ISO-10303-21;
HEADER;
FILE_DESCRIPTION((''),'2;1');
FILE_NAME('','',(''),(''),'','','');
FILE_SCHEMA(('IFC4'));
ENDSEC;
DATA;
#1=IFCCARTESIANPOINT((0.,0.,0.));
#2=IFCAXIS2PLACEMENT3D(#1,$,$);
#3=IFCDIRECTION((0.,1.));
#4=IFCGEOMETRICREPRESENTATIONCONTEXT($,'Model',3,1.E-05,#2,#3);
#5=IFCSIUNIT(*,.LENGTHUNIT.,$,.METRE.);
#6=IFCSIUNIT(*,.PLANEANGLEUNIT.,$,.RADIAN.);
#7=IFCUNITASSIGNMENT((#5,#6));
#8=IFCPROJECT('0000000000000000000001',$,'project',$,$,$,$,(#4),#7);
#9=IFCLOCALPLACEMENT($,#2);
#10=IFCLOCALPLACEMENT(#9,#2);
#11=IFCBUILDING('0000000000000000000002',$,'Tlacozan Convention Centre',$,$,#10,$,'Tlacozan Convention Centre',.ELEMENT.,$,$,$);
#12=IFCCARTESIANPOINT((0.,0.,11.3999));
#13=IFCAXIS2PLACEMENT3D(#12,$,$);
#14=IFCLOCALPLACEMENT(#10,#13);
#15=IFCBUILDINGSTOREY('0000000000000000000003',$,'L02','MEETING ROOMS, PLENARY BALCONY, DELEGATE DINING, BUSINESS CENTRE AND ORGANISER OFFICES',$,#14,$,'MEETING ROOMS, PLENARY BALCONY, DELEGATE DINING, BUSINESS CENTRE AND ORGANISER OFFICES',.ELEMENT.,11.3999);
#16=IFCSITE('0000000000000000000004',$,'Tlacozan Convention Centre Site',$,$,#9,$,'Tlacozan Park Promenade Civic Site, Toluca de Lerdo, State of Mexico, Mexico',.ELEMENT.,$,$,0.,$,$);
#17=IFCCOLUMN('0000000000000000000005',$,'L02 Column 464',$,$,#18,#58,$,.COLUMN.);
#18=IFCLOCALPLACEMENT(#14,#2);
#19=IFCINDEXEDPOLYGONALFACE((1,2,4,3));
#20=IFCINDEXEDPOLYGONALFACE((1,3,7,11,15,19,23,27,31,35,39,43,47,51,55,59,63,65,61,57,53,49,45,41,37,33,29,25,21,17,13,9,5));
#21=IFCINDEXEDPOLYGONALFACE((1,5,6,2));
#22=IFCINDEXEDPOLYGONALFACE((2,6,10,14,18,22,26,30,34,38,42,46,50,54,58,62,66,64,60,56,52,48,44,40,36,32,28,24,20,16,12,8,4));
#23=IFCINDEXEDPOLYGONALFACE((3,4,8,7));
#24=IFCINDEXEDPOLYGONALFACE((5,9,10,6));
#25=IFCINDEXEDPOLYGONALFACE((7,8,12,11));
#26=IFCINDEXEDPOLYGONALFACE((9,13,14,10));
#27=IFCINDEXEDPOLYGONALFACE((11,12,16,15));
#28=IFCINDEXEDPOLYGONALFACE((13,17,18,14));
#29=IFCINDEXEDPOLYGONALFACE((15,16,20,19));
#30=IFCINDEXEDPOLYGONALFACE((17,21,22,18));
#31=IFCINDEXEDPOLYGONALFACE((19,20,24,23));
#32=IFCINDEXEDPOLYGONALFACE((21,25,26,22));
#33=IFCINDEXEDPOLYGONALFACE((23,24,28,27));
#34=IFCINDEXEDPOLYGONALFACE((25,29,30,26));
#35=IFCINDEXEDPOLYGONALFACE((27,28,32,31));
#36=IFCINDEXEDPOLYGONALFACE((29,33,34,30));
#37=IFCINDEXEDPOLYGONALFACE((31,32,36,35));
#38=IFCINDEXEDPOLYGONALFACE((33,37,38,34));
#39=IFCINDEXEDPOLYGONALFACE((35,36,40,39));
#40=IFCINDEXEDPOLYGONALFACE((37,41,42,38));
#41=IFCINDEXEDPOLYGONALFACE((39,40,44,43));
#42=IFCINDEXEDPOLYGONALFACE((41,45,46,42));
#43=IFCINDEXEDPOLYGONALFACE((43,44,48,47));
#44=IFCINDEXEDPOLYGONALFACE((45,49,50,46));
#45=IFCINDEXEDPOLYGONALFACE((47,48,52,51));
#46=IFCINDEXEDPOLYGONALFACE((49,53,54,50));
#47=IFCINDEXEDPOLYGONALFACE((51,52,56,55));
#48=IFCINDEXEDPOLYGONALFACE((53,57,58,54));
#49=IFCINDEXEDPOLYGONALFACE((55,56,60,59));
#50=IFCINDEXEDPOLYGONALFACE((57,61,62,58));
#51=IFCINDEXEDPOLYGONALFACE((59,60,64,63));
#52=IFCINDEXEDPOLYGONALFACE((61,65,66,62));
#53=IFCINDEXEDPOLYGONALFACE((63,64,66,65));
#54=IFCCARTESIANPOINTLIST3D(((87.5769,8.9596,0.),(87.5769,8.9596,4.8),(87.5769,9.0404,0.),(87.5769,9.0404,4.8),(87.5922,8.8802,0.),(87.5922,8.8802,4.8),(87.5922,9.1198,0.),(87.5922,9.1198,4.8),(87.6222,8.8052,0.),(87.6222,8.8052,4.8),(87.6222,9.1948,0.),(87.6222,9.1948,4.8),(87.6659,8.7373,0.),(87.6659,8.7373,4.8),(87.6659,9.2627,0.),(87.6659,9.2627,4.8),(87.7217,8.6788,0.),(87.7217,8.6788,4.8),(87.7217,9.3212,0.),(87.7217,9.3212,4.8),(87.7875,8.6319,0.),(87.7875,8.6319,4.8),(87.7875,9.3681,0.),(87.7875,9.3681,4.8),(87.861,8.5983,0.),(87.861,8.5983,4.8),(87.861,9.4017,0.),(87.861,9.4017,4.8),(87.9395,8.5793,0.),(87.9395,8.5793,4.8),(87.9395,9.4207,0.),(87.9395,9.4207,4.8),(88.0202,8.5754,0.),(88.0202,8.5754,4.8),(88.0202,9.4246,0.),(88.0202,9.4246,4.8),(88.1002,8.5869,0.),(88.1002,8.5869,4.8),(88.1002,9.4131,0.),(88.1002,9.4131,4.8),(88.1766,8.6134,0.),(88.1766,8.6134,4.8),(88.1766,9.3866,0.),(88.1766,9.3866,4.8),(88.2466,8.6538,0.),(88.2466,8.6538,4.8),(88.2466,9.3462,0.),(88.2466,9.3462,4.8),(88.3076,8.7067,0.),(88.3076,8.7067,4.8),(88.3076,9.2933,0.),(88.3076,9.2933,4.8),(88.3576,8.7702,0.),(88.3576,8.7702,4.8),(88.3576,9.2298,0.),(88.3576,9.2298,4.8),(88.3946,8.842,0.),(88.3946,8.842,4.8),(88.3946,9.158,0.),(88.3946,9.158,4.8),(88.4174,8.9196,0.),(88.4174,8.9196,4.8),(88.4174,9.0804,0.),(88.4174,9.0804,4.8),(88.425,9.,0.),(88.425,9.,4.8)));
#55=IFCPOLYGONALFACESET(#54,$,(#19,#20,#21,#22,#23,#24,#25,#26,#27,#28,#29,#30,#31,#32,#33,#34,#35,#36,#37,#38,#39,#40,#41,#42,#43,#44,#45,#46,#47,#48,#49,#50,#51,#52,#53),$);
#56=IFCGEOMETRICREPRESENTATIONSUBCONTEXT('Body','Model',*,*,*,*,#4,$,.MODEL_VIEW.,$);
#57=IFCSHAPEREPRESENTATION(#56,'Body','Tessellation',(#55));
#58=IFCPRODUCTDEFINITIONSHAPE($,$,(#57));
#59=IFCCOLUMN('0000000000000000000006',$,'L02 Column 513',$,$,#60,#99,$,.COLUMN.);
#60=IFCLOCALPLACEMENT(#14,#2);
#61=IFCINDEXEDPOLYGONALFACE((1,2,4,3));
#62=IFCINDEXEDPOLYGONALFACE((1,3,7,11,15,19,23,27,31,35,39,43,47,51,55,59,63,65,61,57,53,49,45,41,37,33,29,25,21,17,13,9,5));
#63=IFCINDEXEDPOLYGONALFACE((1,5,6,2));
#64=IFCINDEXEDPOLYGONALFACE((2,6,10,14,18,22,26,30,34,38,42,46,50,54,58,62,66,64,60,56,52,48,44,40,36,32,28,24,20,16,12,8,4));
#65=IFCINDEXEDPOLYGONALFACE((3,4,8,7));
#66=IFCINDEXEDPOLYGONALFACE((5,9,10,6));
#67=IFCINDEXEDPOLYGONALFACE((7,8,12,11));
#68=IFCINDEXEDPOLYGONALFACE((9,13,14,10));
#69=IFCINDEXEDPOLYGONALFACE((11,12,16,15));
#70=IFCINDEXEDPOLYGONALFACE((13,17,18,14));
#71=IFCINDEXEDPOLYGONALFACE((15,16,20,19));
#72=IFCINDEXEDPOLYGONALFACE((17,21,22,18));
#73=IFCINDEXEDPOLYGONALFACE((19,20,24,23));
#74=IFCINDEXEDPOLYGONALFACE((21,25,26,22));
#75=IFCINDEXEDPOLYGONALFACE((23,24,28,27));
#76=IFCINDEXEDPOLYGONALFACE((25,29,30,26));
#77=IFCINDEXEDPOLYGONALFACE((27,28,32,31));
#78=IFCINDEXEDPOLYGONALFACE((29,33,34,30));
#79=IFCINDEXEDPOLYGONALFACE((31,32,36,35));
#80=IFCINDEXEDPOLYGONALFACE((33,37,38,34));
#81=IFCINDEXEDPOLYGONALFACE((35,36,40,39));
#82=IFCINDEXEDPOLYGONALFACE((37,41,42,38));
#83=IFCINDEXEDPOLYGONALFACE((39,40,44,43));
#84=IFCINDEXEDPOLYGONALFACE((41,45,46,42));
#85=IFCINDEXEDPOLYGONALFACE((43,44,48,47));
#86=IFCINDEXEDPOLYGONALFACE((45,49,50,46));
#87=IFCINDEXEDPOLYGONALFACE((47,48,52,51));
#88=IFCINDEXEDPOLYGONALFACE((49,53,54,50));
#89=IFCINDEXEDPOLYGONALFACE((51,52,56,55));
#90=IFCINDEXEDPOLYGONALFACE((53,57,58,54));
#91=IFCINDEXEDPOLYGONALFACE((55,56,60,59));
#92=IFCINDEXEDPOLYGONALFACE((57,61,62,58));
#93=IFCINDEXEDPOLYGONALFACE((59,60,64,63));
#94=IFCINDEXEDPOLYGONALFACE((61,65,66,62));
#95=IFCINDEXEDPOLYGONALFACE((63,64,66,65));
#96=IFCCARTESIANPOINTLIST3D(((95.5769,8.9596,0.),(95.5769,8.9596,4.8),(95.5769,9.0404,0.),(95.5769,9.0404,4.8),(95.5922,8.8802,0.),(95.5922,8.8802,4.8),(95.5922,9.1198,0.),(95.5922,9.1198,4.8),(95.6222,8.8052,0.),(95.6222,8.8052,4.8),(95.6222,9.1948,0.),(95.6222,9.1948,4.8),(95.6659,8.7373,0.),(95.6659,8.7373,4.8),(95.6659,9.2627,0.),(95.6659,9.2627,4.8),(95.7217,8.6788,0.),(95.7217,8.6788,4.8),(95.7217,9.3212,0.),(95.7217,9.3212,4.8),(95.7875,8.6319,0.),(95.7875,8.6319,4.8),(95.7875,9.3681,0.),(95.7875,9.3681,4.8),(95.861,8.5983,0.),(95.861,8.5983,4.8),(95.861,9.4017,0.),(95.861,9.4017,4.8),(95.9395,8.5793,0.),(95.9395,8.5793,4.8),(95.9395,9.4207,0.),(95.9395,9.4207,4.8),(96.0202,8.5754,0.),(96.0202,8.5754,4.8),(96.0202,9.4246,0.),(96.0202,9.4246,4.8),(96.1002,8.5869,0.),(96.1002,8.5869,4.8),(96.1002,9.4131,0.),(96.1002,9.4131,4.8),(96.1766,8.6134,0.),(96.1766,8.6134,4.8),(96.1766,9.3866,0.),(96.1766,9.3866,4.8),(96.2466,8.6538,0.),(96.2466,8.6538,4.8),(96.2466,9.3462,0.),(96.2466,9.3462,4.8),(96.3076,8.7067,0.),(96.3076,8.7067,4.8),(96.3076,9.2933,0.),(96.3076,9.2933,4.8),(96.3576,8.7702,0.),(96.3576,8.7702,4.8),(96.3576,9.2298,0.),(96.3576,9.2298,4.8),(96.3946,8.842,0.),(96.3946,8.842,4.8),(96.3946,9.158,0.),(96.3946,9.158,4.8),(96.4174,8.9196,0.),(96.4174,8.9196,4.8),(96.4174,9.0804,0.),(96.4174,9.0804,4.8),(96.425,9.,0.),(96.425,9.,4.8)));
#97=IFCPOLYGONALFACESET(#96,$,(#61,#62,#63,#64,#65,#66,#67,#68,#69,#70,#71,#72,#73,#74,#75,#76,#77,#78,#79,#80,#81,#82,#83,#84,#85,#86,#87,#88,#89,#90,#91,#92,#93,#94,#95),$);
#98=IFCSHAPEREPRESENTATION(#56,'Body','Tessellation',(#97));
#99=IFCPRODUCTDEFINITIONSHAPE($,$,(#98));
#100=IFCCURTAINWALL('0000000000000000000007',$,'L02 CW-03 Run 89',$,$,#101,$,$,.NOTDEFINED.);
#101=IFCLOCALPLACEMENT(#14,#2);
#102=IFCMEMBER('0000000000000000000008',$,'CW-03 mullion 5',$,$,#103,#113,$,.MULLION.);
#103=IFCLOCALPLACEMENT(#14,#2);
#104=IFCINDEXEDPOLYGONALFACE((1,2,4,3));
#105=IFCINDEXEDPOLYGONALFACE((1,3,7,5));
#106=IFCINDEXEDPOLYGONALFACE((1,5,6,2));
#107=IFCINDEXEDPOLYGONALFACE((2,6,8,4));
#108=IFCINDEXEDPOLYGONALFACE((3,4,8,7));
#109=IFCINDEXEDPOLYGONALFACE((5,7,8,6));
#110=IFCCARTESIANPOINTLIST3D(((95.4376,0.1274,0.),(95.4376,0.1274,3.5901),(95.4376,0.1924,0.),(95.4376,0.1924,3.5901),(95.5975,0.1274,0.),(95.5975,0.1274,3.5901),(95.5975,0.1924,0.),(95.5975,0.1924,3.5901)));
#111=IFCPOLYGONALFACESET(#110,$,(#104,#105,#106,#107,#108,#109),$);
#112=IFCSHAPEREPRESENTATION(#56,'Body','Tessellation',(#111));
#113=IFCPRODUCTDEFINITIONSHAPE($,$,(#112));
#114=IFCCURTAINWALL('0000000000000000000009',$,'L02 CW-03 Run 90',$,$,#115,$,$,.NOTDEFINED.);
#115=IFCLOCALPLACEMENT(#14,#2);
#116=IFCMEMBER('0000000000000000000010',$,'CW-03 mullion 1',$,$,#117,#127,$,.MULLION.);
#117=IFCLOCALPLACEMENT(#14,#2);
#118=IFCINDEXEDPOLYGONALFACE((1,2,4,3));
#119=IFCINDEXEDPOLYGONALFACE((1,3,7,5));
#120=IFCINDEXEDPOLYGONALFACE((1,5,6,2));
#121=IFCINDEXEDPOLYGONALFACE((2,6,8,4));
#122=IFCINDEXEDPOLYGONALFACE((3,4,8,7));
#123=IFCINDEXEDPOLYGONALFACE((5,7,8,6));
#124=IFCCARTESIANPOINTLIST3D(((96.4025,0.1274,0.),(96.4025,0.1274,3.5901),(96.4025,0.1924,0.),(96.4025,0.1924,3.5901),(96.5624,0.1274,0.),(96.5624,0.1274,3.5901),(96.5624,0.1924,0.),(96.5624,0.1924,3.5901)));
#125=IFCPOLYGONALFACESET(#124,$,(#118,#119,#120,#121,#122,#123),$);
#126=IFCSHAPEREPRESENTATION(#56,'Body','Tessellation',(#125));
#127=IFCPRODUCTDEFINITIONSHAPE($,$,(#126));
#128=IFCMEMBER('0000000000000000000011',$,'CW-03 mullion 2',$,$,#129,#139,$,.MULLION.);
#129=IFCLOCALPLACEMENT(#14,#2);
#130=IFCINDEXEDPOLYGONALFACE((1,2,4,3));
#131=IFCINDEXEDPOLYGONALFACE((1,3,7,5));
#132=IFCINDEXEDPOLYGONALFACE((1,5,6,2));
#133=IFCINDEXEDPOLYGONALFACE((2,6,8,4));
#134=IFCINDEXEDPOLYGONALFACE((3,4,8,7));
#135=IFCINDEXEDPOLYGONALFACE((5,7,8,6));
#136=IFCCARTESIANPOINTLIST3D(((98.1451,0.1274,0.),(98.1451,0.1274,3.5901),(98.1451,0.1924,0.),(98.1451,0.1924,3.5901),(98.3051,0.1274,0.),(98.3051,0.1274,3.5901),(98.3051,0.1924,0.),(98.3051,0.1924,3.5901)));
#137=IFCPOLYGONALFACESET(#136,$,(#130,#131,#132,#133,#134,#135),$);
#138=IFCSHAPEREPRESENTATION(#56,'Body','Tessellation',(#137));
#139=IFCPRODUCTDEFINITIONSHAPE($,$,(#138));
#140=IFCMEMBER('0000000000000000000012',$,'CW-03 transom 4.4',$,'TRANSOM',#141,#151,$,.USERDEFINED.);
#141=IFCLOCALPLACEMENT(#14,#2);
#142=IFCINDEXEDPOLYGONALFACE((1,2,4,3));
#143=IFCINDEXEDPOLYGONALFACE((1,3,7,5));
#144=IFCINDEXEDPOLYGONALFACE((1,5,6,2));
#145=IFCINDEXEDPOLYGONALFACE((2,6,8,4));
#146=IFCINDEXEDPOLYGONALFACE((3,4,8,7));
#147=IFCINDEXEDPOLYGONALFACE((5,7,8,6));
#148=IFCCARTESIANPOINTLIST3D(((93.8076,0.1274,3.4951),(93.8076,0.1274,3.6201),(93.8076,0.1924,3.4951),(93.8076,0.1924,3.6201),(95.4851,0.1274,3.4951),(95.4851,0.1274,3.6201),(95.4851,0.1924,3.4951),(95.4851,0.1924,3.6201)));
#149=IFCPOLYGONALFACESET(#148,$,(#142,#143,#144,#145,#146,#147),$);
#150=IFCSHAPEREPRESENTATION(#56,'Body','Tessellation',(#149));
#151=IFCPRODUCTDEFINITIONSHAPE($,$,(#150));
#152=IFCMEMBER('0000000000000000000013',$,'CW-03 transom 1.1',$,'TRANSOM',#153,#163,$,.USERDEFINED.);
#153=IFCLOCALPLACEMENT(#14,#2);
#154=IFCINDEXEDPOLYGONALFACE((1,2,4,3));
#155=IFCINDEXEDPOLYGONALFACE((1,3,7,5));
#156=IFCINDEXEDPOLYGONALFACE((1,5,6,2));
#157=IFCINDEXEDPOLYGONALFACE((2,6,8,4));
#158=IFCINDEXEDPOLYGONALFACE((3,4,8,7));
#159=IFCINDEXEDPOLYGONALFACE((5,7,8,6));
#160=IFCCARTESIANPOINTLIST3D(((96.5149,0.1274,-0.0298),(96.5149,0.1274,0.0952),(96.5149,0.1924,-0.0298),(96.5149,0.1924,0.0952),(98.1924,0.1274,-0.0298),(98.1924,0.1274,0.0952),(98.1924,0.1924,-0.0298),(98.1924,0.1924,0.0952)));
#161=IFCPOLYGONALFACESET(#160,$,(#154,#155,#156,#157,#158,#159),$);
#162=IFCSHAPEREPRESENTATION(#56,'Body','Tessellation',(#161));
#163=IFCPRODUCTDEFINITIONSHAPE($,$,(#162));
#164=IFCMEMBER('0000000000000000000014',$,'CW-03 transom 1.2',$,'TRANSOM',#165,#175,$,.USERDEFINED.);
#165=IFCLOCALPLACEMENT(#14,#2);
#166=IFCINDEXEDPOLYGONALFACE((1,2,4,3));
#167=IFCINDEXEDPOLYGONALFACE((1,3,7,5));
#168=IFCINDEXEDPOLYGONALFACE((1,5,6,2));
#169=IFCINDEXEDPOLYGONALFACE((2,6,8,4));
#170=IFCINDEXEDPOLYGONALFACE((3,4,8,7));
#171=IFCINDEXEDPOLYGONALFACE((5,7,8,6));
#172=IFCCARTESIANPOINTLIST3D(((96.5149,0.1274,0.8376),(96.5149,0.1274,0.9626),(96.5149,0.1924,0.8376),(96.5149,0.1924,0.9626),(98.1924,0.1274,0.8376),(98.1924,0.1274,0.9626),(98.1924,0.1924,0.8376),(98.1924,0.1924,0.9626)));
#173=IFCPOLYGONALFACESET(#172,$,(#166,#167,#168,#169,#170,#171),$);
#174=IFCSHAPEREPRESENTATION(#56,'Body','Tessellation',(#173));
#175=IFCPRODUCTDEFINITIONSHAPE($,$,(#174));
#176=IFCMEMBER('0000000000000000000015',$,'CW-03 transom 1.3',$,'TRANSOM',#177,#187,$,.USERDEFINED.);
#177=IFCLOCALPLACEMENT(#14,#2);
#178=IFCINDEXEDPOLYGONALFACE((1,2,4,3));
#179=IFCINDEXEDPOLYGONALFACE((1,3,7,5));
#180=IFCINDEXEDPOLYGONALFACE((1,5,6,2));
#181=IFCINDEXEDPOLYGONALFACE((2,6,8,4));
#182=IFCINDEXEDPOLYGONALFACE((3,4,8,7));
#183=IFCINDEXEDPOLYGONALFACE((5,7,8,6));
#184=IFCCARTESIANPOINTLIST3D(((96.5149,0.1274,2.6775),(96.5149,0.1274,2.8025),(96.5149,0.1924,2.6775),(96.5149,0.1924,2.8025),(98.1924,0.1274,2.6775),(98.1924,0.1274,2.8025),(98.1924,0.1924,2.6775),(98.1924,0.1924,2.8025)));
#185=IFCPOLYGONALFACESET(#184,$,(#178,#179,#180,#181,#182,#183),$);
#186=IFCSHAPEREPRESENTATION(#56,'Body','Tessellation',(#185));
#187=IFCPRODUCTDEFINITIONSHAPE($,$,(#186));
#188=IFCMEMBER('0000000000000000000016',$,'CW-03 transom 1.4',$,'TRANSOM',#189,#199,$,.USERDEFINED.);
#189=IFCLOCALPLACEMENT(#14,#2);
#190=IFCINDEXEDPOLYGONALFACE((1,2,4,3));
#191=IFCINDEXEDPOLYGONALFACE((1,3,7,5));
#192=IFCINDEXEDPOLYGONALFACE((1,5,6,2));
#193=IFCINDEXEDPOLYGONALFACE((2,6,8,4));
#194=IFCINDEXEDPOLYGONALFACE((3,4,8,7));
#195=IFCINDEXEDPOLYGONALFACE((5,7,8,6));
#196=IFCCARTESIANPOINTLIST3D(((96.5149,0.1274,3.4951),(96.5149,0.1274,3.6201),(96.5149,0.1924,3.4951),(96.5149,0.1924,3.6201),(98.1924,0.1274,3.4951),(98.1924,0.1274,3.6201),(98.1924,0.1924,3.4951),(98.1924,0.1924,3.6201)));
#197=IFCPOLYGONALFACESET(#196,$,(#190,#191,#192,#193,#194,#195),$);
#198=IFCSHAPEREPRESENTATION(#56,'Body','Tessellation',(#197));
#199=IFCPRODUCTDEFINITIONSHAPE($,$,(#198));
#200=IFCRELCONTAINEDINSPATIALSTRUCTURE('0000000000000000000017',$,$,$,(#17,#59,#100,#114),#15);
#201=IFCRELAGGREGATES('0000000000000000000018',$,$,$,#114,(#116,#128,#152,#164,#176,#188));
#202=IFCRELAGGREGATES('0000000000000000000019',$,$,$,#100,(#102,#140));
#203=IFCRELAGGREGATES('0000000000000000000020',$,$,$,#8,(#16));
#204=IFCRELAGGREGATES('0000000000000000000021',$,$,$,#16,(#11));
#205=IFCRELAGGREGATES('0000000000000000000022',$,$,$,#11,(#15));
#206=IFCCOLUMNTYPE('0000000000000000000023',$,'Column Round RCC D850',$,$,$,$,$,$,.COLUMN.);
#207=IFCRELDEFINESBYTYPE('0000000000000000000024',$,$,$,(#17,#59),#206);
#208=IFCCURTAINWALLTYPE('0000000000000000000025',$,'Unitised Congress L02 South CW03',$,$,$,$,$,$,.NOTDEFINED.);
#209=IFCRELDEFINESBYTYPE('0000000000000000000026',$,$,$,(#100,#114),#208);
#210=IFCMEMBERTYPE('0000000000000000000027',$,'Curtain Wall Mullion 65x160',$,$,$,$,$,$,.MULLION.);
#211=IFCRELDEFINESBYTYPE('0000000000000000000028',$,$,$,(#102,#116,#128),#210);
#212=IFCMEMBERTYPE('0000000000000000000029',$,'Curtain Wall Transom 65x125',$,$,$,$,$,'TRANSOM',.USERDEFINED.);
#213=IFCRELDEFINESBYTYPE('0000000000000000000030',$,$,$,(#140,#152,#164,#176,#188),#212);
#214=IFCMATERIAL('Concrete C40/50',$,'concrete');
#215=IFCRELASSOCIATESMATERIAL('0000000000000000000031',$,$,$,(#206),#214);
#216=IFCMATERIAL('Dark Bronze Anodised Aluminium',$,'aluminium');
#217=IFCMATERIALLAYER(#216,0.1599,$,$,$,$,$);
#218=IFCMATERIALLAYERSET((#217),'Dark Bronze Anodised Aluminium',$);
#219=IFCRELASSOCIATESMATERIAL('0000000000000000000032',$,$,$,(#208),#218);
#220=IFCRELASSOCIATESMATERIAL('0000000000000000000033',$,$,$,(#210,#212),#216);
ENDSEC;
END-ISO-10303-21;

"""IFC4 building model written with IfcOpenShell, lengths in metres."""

from ifc_helpers import new_model, si_unit, direction, frame, origin, origin_2d, place, context, subcontext, project, spatial, rectangle, circle, extrude, material, layer, layer_set, material_profile, profile_set, type_object, element, aggregate, save


model = new_model("IFC4")

# Units and contexts
model_context = context("Model", 3, precision=1e-05, world=origin(), true_north=direction((0.0, 1.0)))
body_context = subcontext(model_context, "Body", "Model", "MODEL_VIEW")
ifc_project = project(units=[si_unit("LENGTHUNIT", "METRE"), si_unit("PLANEANGLEUNIT", "RADIAN")], contexts=[model_context])

# Site, building, storey
site_placement = place(None, origin())
site = spatial("IfcSite", under=ifc_project, at=site_placement, Name="Tlacozan Convention Centre Site", LongName="Tlacozan Park Promenade Civic Site, Toluca de Lerdo, State of Mexico, Mexico", CompositionType="ELEMENT", RefElevation=0.0)
building_placement = place(site_placement, origin())
building = spatial("IfcBuilding", under=site, at=building_placement, Name="Tlacozan Convention Centre", LongName="Tlacozan Convention Centre", CompositionType="ELEMENT")
storey_placement = place(building_placement, frame((0.0, 0.0, 11.3999)))
storey = spatial("IfcBuildingStorey", under=building, at=storey_placement, Name="L02", Description="MEETING ROOMS, PLENARY BALCONY, DELEGATE DINING, BUSINESS CENTRE AND ORGANISER OFFICES", LongName="MEETING ROOMS, PLENARY BALCONY, DELEGATE DINING, BUSINESS CENTRE AND ORGANISER OFFICES", CompositionType="ELEMENT", Elevation=11.3999)

# Columns
ifc_material_1 = material(Name="Concrete C40/50", Category="concrete")
ifc_material_profile_1 = material_profile(ifc_material_1, circle(Radius=0.425, at=origin_2d()), Name="RCC D850")
ifc_profile_set_1 = profile_set([ifc_material_profile_1], Name="Concrete C40/50")
column_type = type_object("IfcColumnType", Name="Column Round RCC D850", PredefinedType="COLUMN", material=ifc_profile_set_1)
for number, where, z_axis, x_axis, name in (
    (1, (88.0, 9.0, 0.0), (0.0, 0.0, 1.0), (1.0, 0.0, 0.0), "L02 Column 464"),
    (2, (96.0, 9.0, 0.0), (0.0, 0.0, 1.0), (1.0, 0.0, 0.0), "L02 Column 513"),
):
    element("IfcColumn", number, at=place(storey_placement, frame(where, z_axis=z_axis, x_axis=x_axis)), inside=storey, type_object=column_type, Name=name, PredefinedType="COLUMN", context=body_context, shape_type="SweptSolid", body=[
        extrude(circle(Radius=0.425, at=origin_2d()), origin(), (0.0, 0.0, 1.0), 4.8),
    ])

# Curtain wall, member
ifc_material_2 = material(Name="Dark Bronze Anodised Aluminium", Category="aluminium")
ifc_layer_1 = layer(ifc_material_2, 0.1599)
ifc_layer_set_1 = layer_set([ifc_layer_1], Name="Dark Bronze Anodised Aluminium")
curtain_wall_type = type_object("IfcCurtainWallType", Name="Unitised Congress L02 South CW03", PredefinedType="NOTDEFINED", material=ifc_layer_set_1)
curtain_wall_1_placement = place(storey_placement, origin())
curtain_wall_1 = element("IfcCurtainWall", 3, at=curtain_wall_1_placement, inside=storey, type_object=curtain_wall_type, Name="L02 CW-03 Run 89", PredefinedType="NOTDEFINED")
ifc_material_profile_2 = material_profile(ifc_material_2, rectangle(XDim=0.0649, YDim=0.1599, at=origin_2d()), Name="ALU 65x160")
ifc_profile_set_2 = profile_set([ifc_material_profile_2], Name="Dark Bronze Anodised Aluminium")
member_type_1 = type_object("IfcMemberType", Name="Curtain Wall Mullion 65x160", PredefinedType="MULLION", material=ifc_profile_set_2)
member_1_placement = place(storey_placement, frame((95.5176, 0.1599, 0.0), z_axis=(0.0, 0.0, 1.0), x_axis=(0.0, 1.0, 0.0)))
member_1 = element("IfcMember", 4, at=member_1_placement, type_object=member_type_1, Name="CW-03 mullion 5", PredefinedType="MULLION", context=body_context, shape_type="SweptSolid", body=[
    extrude(rectangle(XDim=0.0649, YDim=0.1599, at=origin_2d()), origin(), (0.0, 0.0, 1.0), 3.5901),
])

# Curtain wall, members
curtain_wall_2_placement = place(storey_placement, origin())
curtain_wall_2 = element("IfcCurtainWall", 5, at=curtain_wall_2_placement, inside=storey, type_object=curtain_wall_type, Name="L02 CW-03 Run 90", PredefinedType="NOTDEFINED")
member_2_placement = place(storey_placement, frame((96.4824, 0.1599, 0.0), z_axis=(0.0, 0.0, 1.0), x_axis=(0.0, 1.0, 0.0)))
member_2 = element("IfcMember", 6, at=member_2_placement, type_object=member_type_1, Name="CW-03 mullion 1", PredefinedType="MULLION", context=body_context, shape_type="SweptSolid", body=[
    extrude(rectangle(XDim=0.0649, YDim=0.1599, at=origin_2d()), origin(), (0.0, 0.0, 1.0), 3.5901),
])
member_3_placement = place(storey_placement, frame((98.2251, 0.1599, 0.0), z_axis=(0.0, 0.0, 1.0), x_axis=(0.0, 1.0, 0.0)))
member_3 = element("IfcMember", 7, at=member_3_placement, type_object=member_type_1, Name="CW-03 mullion 2", PredefinedType="MULLION", context=body_context, shape_type="SweptSolid", body=[
    extrude(rectangle(XDim=0.0649, YDim=0.1599, at=origin_2d()), origin(), (0.0, 0.0, 1.0), 3.5901),
])

# Members
ifc_material_profile_3 = material_profile(ifc_material_2, rectangle(XDim=0.0649, YDim=0.125, at=origin_2d()), Name="ALU 65x125")
ifc_profile_set_3 = profile_set([ifc_material_profile_3], Name="Dark Bronze Anodised Aluminium")
member_type_2 = type_object("IfcMemberType", Name="Curtain Wall Transom 65x125", ElementType="TRANSOM", PredefinedType="USERDEFINED", material=ifc_profile_set_3)
member_4_placement = place(storey_placement, frame((93.8076, 0.1599, 3.5576), z_axis=(1.0, 0.0, 0.0), x_axis=(0.0, 1.0, 0.0)))
member_4 = element("IfcMember", 8, at=member_4_placement, type_object=member_type_2, Name="CW-03 transom 4.4", ObjectType="TRANSOM", PredefinedType="USERDEFINED", context=body_context, shape_type="SweptSolid", body=[
    extrude(rectangle(XDim=0.0649, YDim=0.125, at=origin_2d()), origin(), (0.0, 0.0, 1.0), 1.6775),
])
member_5_placement = place(storey_placement, frame((96.5149, 0.1599, 0.0327), z_axis=(1.0, 0.0, 0.0), x_axis=(0.0, 1.0, 0.0)))
member_5 = element("IfcMember", 9, at=member_5_placement, type_object=member_type_2, Name="CW-03 transom 1.1", ObjectType="TRANSOM", PredefinedType="USERDEFINED", context=body_context, shape_type="SweptSolid", body=[
    extrude(rectangle(XDim=0.0649, YDim=0.125, at=origin_2d()), origin(), (0.0, 0.0, 1.0), 1.6775),
])
member_6_placement = place(storey_placement, frame((96.5149, 0.1599, 0.9001), z_axis=(1.0, 0.0, 0.0), x_axis=(0.0, 1.0, 0.0)))
member_6 = element("IfcMember", 10, at=member_6_placement, type_object=member_type_2, Name="CW-03 transom 1.2", ObjectType="TRANSOM", PredefinedType="USERDEFINED", context=body_context, shape_type="SweptSolid", body=[
    extrude(rectangle(XDim=0.0649, YDim=0.125, at=origin_2d()), origin(), (0.0, 0.0, 1.0), 1.6775),
])
member_7_placement = place(storey_placement, frame((96.5149, 0.1599, 2.74), z_axis=(1.0, 0.0, 0.0), x_axis=(0.0, 1.0, 0.0)))
member_7 = element("IfcMember", 11, at=member_7_placement, type_object=member_type_2, Name="CW-03 transom 1.3", ObjectType="TRANSOM", PredefinedType="USERDEFINED", context=body_context, shape_type="SweptSolid", body=[
    extrude(rectangle(XDim=0.0649, YDim=0.125, at=origin_2d()), origin(), (0.0, 0.0, 1.0), 1.6775),
])
member_8_placement = place(storey_placement, frame((96.5149, 0.1599, 3.5576), z_axis=(1.0, 0.0, 0.0), x_axis=(0.0, 1.0, 0.0)))
member_8 = element("IfcMember", 12, at=member_8_placement, type_object=member_type_2, Name="CW-03 transom 1.4", ObjectType="TRANSOM", PredefinedType="USERDEFINED", context=body_context, shape_type="SweptSolid", body=[
    extrude(rectangle(XDim=0.0649, YDim=0.125, at=origin_2d()), origin(), (0.0, 0.0, 1.0), 1.6775),
])

aggregate(curtain_wall_2, [member_2, member_3, member_5, member_6, member_7, member_8])
aggregate(curtain_wall_1, [member_1, member_4])

save(model, "model.ifc")
